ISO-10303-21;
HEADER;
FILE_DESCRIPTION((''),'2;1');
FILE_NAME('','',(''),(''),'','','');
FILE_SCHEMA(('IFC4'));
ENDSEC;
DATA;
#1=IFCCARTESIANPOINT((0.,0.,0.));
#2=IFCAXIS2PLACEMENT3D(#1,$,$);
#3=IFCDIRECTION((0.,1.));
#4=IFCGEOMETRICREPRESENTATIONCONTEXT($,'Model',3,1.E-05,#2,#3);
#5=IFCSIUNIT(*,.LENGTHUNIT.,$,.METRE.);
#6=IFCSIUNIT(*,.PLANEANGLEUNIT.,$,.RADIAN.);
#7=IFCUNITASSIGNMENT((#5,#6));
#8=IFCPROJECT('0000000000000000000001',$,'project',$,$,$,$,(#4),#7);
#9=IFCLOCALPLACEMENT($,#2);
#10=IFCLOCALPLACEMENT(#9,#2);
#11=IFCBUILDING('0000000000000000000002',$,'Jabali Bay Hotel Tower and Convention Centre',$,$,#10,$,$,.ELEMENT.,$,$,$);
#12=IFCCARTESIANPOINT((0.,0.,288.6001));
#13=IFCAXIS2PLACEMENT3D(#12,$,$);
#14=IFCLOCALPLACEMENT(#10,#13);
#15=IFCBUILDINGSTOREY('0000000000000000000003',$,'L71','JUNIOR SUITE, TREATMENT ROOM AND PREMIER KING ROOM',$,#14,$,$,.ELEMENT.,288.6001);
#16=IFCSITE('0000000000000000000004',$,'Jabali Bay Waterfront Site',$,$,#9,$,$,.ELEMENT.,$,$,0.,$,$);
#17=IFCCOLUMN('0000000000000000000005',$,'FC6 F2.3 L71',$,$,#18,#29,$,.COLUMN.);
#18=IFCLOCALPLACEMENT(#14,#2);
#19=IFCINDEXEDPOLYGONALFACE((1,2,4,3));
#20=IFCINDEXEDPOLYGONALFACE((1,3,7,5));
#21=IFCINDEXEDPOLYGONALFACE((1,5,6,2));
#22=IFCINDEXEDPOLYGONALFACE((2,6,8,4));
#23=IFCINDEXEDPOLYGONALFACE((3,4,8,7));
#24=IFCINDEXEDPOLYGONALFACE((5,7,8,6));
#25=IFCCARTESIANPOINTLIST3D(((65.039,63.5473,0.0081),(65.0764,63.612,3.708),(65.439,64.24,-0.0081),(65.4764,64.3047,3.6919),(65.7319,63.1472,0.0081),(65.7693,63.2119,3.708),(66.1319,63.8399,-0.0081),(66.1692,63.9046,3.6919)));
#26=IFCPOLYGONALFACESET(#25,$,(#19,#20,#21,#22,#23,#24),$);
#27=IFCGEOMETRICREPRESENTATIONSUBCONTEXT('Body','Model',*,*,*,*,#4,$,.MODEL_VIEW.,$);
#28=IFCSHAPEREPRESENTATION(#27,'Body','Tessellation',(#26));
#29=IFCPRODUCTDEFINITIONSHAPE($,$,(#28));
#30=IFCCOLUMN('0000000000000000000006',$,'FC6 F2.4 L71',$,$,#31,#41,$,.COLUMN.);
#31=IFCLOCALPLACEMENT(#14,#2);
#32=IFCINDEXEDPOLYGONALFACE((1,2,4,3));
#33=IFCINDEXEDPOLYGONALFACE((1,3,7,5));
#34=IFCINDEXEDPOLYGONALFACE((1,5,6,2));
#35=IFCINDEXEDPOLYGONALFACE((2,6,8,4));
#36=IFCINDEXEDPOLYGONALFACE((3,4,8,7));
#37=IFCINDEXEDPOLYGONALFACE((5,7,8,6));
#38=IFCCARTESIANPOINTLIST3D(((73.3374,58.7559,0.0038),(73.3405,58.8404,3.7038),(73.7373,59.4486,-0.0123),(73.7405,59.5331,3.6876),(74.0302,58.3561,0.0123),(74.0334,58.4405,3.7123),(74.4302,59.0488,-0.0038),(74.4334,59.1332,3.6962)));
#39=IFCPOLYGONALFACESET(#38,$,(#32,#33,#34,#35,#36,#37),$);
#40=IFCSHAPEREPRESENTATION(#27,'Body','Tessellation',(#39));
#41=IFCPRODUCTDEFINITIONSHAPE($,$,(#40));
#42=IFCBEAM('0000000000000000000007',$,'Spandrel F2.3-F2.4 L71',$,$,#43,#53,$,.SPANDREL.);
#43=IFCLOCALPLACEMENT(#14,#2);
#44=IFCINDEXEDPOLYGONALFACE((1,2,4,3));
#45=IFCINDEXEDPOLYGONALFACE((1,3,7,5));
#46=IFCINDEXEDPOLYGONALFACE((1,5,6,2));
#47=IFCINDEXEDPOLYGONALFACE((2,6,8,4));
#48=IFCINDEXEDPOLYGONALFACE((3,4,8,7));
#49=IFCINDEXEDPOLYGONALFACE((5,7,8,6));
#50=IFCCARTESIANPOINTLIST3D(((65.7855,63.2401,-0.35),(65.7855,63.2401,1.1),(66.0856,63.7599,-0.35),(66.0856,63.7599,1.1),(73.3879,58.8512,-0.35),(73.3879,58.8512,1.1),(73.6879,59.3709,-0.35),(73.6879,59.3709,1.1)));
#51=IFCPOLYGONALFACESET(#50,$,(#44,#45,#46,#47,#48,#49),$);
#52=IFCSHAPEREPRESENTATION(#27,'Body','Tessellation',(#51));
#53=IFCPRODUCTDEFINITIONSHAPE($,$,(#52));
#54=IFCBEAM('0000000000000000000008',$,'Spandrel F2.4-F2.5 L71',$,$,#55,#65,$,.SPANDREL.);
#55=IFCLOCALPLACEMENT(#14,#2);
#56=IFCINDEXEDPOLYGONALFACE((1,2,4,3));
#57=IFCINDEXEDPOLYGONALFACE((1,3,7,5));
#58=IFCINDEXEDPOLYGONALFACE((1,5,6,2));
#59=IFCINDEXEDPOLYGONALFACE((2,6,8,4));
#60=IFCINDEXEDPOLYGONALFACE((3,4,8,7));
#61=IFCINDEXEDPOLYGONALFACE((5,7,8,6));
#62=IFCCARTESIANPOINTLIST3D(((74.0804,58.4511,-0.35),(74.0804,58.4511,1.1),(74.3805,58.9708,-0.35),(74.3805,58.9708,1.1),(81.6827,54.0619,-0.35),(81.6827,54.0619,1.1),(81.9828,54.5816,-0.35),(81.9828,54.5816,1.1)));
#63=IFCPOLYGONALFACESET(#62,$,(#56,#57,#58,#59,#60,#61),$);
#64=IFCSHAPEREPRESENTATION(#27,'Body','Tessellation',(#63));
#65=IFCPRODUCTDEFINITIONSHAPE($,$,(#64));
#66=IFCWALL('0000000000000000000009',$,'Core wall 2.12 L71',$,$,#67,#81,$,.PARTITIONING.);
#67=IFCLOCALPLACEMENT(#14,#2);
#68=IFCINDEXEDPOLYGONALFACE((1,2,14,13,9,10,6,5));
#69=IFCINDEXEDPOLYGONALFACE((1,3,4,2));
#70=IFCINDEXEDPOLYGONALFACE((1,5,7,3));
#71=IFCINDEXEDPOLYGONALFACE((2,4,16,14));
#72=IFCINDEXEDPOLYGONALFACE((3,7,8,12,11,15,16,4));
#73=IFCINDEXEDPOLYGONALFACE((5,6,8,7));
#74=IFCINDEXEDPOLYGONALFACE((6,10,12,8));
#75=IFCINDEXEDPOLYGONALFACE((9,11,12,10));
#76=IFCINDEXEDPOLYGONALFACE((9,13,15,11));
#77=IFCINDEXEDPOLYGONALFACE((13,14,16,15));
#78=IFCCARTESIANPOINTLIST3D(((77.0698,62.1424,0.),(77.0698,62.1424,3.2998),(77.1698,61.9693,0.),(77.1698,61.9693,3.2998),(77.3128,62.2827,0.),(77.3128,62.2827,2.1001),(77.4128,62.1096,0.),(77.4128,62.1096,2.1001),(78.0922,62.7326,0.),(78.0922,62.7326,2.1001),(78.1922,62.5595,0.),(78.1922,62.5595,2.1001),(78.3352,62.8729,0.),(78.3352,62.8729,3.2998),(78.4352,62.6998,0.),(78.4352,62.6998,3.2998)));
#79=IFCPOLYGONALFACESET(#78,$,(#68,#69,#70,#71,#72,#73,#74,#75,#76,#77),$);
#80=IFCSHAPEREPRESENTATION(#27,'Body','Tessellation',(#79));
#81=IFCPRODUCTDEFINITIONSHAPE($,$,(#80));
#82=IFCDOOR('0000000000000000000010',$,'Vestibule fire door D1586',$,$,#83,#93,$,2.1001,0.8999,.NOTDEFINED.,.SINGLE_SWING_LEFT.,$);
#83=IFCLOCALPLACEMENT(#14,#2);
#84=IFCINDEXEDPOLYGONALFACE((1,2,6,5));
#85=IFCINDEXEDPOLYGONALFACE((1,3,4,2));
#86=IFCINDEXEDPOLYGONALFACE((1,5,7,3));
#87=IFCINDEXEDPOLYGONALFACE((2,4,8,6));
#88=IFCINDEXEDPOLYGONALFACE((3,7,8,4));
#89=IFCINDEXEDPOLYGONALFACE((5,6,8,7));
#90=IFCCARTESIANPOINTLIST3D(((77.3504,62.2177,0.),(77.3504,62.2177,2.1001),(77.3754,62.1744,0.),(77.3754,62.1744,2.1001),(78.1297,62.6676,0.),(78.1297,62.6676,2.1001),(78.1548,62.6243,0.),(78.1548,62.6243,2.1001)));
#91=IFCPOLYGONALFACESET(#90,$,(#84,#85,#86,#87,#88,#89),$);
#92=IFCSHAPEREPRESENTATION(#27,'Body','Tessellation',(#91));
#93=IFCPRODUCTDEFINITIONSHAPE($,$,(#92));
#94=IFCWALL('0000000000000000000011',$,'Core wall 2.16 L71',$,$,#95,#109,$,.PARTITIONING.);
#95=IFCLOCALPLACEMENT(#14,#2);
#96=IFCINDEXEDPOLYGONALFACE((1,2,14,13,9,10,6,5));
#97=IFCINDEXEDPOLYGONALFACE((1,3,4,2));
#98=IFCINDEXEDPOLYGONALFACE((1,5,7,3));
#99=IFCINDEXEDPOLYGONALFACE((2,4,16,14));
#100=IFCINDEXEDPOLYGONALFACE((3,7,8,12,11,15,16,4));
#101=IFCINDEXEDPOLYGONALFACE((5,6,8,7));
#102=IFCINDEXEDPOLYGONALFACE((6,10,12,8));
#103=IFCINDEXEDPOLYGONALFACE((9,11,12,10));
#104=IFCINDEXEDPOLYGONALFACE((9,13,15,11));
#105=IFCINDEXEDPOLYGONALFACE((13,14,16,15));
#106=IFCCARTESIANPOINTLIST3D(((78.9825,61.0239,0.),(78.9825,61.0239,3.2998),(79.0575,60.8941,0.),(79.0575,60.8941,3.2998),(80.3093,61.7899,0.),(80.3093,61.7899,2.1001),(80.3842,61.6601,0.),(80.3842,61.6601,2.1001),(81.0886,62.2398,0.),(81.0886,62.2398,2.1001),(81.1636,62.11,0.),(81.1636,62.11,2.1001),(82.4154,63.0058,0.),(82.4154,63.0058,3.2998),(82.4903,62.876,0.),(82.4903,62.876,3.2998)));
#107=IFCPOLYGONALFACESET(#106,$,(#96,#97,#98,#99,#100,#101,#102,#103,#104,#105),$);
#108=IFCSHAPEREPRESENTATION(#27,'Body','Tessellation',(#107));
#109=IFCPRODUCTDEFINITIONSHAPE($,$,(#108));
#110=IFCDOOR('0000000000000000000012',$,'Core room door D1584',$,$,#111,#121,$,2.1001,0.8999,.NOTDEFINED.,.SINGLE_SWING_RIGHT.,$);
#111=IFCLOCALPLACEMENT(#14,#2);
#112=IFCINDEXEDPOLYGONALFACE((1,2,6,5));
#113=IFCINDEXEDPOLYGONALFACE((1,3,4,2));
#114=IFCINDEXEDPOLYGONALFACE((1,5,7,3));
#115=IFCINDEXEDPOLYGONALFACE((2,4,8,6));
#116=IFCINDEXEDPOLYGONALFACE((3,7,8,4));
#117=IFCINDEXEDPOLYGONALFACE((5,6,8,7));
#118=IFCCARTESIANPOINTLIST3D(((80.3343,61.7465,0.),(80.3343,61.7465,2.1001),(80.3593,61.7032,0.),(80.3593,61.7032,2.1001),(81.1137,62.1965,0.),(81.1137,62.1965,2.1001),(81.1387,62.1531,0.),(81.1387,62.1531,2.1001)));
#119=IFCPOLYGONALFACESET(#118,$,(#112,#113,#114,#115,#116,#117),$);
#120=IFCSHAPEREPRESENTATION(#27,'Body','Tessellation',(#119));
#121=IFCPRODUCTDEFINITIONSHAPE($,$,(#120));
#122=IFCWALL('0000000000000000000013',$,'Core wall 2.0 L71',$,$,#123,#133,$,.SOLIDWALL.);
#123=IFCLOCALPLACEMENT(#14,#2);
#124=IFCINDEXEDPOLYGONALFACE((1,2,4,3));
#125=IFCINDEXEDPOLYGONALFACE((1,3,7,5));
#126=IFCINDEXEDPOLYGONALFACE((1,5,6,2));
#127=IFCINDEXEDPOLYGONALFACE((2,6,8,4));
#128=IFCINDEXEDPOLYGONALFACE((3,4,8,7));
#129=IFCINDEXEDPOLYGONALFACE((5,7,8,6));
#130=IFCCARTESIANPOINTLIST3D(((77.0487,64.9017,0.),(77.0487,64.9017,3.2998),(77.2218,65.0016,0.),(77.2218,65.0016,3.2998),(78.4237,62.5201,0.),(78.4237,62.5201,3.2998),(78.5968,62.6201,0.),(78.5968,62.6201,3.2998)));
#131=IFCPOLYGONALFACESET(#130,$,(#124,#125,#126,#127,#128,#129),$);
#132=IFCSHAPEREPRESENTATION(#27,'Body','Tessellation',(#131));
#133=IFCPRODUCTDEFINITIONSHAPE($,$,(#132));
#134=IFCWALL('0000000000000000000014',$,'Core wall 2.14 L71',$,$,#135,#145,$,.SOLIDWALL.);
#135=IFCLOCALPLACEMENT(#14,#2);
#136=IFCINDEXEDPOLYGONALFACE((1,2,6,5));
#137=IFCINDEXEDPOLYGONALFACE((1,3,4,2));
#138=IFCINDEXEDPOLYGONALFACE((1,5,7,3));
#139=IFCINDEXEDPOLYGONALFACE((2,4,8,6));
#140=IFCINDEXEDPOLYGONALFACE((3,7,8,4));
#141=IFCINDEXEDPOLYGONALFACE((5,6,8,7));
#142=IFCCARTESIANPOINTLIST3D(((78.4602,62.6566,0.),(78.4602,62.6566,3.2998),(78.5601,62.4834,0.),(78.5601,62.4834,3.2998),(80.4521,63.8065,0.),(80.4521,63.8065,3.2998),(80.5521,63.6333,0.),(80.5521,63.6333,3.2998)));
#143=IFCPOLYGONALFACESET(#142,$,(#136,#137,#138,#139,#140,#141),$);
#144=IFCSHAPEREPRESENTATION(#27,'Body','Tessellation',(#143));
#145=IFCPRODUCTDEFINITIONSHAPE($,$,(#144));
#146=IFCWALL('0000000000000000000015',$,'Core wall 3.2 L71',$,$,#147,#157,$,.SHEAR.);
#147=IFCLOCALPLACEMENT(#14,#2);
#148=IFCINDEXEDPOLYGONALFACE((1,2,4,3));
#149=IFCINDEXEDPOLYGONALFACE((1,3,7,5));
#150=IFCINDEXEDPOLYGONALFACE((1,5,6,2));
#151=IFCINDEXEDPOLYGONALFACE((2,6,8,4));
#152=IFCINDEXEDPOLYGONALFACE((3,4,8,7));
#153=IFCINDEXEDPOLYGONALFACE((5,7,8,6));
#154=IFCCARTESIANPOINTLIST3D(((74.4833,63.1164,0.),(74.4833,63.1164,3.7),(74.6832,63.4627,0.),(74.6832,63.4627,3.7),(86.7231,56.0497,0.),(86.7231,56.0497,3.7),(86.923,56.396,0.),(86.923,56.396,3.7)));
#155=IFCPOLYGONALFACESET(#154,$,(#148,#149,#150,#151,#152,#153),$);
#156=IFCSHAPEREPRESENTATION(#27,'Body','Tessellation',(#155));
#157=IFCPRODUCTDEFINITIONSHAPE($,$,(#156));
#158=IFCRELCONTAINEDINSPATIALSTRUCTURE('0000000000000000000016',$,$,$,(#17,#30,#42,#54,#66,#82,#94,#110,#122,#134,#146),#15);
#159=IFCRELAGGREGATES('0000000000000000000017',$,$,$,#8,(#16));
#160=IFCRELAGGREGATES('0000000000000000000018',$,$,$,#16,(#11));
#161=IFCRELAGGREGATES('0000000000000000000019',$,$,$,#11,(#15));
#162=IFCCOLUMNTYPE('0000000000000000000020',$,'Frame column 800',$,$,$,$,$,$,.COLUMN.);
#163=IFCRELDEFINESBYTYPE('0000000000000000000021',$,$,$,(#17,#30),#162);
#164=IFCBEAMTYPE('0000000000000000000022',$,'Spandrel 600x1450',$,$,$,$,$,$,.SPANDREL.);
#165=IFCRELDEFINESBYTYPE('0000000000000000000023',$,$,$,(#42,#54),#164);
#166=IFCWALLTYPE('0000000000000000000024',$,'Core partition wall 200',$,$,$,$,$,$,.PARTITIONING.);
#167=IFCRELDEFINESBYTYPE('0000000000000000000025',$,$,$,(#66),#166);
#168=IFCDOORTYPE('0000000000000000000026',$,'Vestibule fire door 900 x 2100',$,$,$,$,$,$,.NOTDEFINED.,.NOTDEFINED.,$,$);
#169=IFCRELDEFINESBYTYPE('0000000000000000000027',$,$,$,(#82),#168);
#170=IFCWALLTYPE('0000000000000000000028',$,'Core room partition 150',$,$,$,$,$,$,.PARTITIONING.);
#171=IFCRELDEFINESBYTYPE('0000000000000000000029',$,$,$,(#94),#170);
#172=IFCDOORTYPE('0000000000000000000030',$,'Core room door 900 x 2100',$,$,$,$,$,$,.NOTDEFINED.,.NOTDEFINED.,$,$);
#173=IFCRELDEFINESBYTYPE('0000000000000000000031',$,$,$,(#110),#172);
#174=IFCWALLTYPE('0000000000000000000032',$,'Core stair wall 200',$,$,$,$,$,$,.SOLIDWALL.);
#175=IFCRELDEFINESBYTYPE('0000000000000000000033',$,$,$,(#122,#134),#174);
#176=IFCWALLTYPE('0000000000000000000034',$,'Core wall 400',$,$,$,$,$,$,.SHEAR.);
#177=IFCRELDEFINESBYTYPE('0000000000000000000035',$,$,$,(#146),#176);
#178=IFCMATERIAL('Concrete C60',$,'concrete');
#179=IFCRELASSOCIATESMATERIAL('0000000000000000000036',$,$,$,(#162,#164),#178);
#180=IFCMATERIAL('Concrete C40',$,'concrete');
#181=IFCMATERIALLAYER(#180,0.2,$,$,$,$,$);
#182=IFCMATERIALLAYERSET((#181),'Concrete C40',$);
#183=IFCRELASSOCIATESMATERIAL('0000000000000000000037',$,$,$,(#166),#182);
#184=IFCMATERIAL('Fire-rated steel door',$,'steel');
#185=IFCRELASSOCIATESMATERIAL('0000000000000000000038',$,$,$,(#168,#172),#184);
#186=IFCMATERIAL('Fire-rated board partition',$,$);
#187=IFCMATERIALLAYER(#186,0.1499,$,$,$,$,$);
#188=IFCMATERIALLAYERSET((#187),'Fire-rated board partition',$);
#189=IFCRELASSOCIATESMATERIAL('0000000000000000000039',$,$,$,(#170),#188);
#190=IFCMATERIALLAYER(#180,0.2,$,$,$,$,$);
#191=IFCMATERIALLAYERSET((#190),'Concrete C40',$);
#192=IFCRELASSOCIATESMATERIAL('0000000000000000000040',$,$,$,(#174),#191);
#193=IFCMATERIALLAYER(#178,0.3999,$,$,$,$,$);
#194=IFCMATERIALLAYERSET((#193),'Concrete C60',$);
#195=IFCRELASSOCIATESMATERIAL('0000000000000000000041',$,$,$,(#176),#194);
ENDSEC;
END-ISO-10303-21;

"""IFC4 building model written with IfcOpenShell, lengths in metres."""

from ifc_helpers import new_model, si_unit, direction, frame, frame_2d, origin, origin_2d, place, context, subcontext, project, spatial, rectangle, extrude, material, layer, layer_set, material_profile, profile_set, type_object, element, fill, save


model = new_model("IFC4")

# Units and contexts
model_context = context("Model", 3, precision=1e-05, world=origin(), true_north=direction((0.0, 1.0)))
body_context = subcontext(model_context, "Body", "Model", "MODEL_VIEW")
ifc_project = project(units=[si_unit("LENGTHUNIT", "METRE"), si_unit("PLANEANGLEUNIT", "RADIAN")], contexts=[model_context])

# Site, building, storey
site_placement = place(None, origin())
site = spatial("IfcSite", under=ifc_project, at=site_placement, Name="Jabali Bay Waterfront Site", CompositionType="ELEMENT", RefElevation=0.0)
building_placement = place(site_placement, origin())
building = spatial("IfcBuilding", under=site, at=building_placement, Name="Jabali Bay Hotel Tower and Convention Centre", CompositionType="ELEMENT")
storey_placement = place(building_placement, frame((0.0, 0.0, 288.6001)))
storey = spatial("IfcBuildingStorey", under=building, at=storey_placement, Name="L71", Description="JUNIOR SUITE, TREATMENT ROOM AND PREMIER KING ROOM", CompositionType="ELEMENT", Elevation=288.6001)

# Columns
ifc_material_1 = material(Name="Concrete C60", Category="concrete")
ifc_material_profile_1 = material_profile(ifc_material_1, rectangle(XDim=0.8, YDim=0.8, at=origin_2d()), Name="Frame column 800")
ifc_profile_set_1 = profile_set([ifc_material_profile_1], Name="Concrete C60")
column_type = type_object("IfcColumnType", Name="Frame column 800", PredefinedType="COLUMN", material=ifc_profile_set_1)
column_1_placement = place(storey_placement, frame((65.5854, 63.6936, 0.0), z_axis=(0.010094, 0.017482, 0.999796), x_axis=(-0.499913, -0.86584, 0.020187)))
element("IfcColumn", 1, at=column_1_placement, inside=storey, type_object=column_type, Name="FC6 F2.3 L71", PredefinedType="COLUMN", context=body_context, shape_type="SweptSolid", body=[
    extrude(rectangle(XDim=0.8, YDim=0.8, at=origin_2d()), origin(), (0.0, 0.0, 1.0), 3.7007),
])
column_2_placement = place(storey_placement, frame((73.8838, 58.9023, 0.0), z_axis=(0.000858, 0.022825, 0.999739), x_axis=(-0.499939, -0.865825, 0.020196)))
element("IfcColumn", 2, at=column_2_placement, inside=storey, type_object=column_type, Name="FC6 F2.4 L71", PredefinedType="COLUMN", context=body_context, shape_type="SweptSolid", body=[
    extrude(rectangle(XDim=0.8, YDim=0.8, at=origin_2d()), origin(), (0.0, 0.0, 1.0), 3.7009),
])

# Beams
ifc_material_profile_2 = material_profile(ifc_material_1, rectangle(XDim=0.6001, YDim=1.45, at=origin_2d()), Name="Spandrel 600x1450")
ifc_profile_set_2 = profile_set([ifc_material_profile_2], Name="Concrete C60")
beam_type = type_object("IfcBeamType", Name="Spandrel 600x1450", PredefinedType="SPANDREL", material=ifc_profile_set_2)
for number, where, z_axis, x_axis, name in (
    (3, (65.9355, 63.5, 0.375), (0.866039, -0.499977, 0.0), (0.499977, 0.866039, 0.0), "Spandrel F2.3-F2.4 L71"),
    (4, (74.2305, 58.7109, 0.375), (0.866027, -0.499998, 0.0), (0.499998, 0.866027, 0.0), "Spandrel F2.4-F2.5 L71"),
):
    element("IfcBeam", number, at=place(storey_placement, frame(where, z_axis=z_axis, x_axis=x_axis)), inside=storey, type_object=beam_type, Name=name, PredefinedType="SPANDREL", context=body_context, shape_type="SweptSolid", body=[
        extrude(rectangle(XDim=0.6001, YDim=1.45, at=origin_2d()), origin(), (0.0, 0.0, 1.0), 8.7783),
    ])

# Walls, openings, doors
ifc_material_2 = material(Name="Concrete C40", Category="concrete")
ifc_layer_1 = layer(ifc_material_2, 0.2)
ifc_layer_set_1 = layer_set([ifc_layer_1], Name="Concrete C40")
wall_type_1 = type_object("IfcWallType", Name="Core partition wall 200", PredefinedType="PARTITIONING", material=ifc_layer_set_1)
wall_1_placement = place(storey_placement, frame((77.1199, 62.0559, 0.0), z_axis=(0.0, 0.0, 1.0), x_axis=(0.866055, 0.499949, 0.0)))
wall_1 = element("IfcWall", 5, at=wall_1_placement, inside=storey, type_object=wall_type_1, Name="Core wall 2.12 L71", PredefinedType="PARTITIONING", context=body_context, shape_type="SweptSolid", body=[
    extrude(rectangle(XDim=1.4612, YDim=0.2, at=frame_2d((0.7305, 0.0))), origin(), (0.0, 0.0, 1.0), 3.2998),
])
opening_1_placement = place(wall_1_placement, frame((0.2805, 0.0, 0.0)))
opening_1 = element("IfcOpeningElement", 6, at=opening_1_placement, cuts=wall_1, PredefinedType="OPENING", context=body_context, shape_type="SweptSolid", body=[
    extrude(rectangle(XDim=0.8999, YDim=2.1001, at=frame_2d((0.45, 1.05))), frame((0.0, 0.1104, 0.0), z_axis=(0.0, -1.0, 0.0), x_axis=(1.0, 0.0, 0.0)), (0.0, 0.0, 1.0), 0.2209),
])
ifc_material_3 = material(Name="Fire-rated steel door", Category="steel")
door_type_1 = type_object("IfcDoorType", Name="Vestibule fire door 900 x 2100", OperationType="NOTDEFINED", PredefinedType="NOTDEFINED", material=ifc_material_3)
door_1_placement = place(opening_1_placement, origin())
door_1 = element("IfcDoor", 7, at=door_1_placement, inside=storey, type_object=door_type_1, Name="Vestibule fire door D1586", OperationType="SINGLE_SWING_LEFT", OverallHeight=2.1001, OverallWidth=0.8999, PredefinedType="NOTDEFINED", context=body_context, shape_type="SweptSolid", body=[
    extrude(rectangle(XDim=0.8999, YDim=2.1001, at=frame_2d((0.45, 1.05))), frame((0.0, 0.0249, 0.0), z_axis=(0.0, -1.0, 0.0), x_axis=(1.0, 0.0, 0.0)), (0.0, 0.0, 1.0), 0.05),
])
fill(opening_1, door_1)
ifc_material_4 = material(Name="Fire-rated board partition")
ifc_layer_2 = layer(ifc_material_4, 0.1499)
ifc_layer_set_2 = layer_set([ifc_layer_2], Name="Fire-rated board partition")
wall_type_2 = type_object("IfcWallType", Name="Core room partition 150", PredefinedType="PARTITIONING", material=ifc_layer_set_2)
wall_2_placement = place(storey_placement, frame((79.02, 60.959, 0.0), z_axis=(0.0, 0.0, 1.0), x_axis=(0.866029, 0.499994, 0.0)))
wall_2 = element("IfcWall", 8, at=wall_2_placement, inside=storey, type_object=wall_type_2, Name="Core wall 2.16 L71", PredefinedType="PARTITIONING", context=body_context, shape_type="SweptSolid", body=[
    extrude(rectangle(XDim=3.9639, YDim=0.1499, at=frame_2d((1.9819, 0.0))), origin(), (0.0, 0.0, 1.0), 3.2998),
])
opening_2_placement = place(wall_2_placement, frame((1.532, 0.0, 0.0)))
opening_2 = element("IfcOpeningElement", 9, at=opening_2_placement, cuts=wall_2, PredefinedType="OPENING", context=body_context, shape_type="SweptSolid", body=[
    extrude(rectangle(XDim=0.8999, YDim=2.1001, at=frame_2d((0.45, 1.05))), frame((0.0, 0.0854, 0.0), z_axis=(0.0, -1.0, 0.0), x_axis=(1.0, 0.0, 0.0)), (0.0, 0.0, 1.0), 0.1709),
])
door_type_2 = type_object("IfcDoorType", Name="Core room door 900 x 2100", OperationType="NOTDEFINED", PredefinedType="NOTDEFINED", material=ifc_material_3)
door_2_placement = place(opening_2_placement, origin())
door_2 = element("IfcDoor", 10, at=door_2_placement, inside=storey, type_object=door_type_2, Name="Core room door D1584", OperationType="SINGLE_SWING_RIGHT", OverallHeight=2.1001, OverallWidth=0.8999, PredefinedType="NOTDEFINED", context=body_context, shape_type="SweptSolid", body=[
    extrude(rectangle(XDim=0.8999, YDim=2.1001, at=frame_2d((0.45, 1.05))), frame((0.0, 0.0249, 0.0), z_axis=(0.0, -1.0, 0.0), x_axis=(1.0, 0.0, 0.0)), (0.0, 0.0, 1.0), 0.05),
])
fill(opening_2, door_2)

# Walls
ifc_layer_3 = layer(ifc_material_2, 0.2)
ifc_layer_set_3 = layer_set([ifc_layer_3], Name="Concrete C40")
wall_type_3 = type_object("IfcWallType", Name="Core stair wall 200", PredefinedType="SOLIDWALL", material=ifc_layer_set_3)
wall_3_placement = place(storey_placement, frame((77.1353, 64.9517, 0.0), z_axis=(0.0, 0.0, 1.0), x_axis=(0.499997, -0.866027, 0.0)))
element("IfcWall", 11, at=wall_3_placement, inside=storey, type_object=wall_type_3, Name="Core wall 2.0 L71", PredefinedType="SOLIDWALL", context=body_context, shape_type="SweptSolid", body=[
    extrude(rectangle(XDim=2.75, YDim=0.2, at=frame_2d((1.375, 0.0))), origin(), (0.0, 0.0, 1.0), 3.2998),
])
wall_4_placement = place(storey_placement, frame((78.5103, 62.5701, 0.0), z_axis=(0.0, 0.0, 1.0), x_axis=(0.866053, 0.499952, 0.0)))
element("IfcWall", 12, at=wall_4_placement, inside=storey, type_object=wall_type_3, Name="Core wall 2.14 L71", PredefinedType="SOLIDWALL", context=body_context, shape_type="SweptSolid", body=[
    extrude(rectangle(XDim=2.3, YDim=0.2, at=frame_2d((1.1499, 0.0))), origin(), (0.0, 0.0, 1.0), 3.2998),
])
ifc_layer_4 = layer(ifc_material_1, 0.3999)
ifc_layer_set_4 = layer_set([ifc_layer_4], Name="Concrete C60")
wall_type_4 = type_object("IfcWallType", Name="Core wall 400", PredefinedType="SHEAR", material=ifc_layer_set_4)
wall_5_placement = place(storey_placement, frame((74.5833, 63.2896, 0.0), z_axis=(0.0, 0.0, 1.0), x_axis=(0.866024, -0.500002, 0.0)))
element("IfcWall", 13, at=wall_5_placement, inside=storey, type_object=wall_type_4, Name="Core wall 3.2 L71", PredefinedType="SHEAR", context=body_context, shape_type="SweptSolid", body=[
    extrude(rectangle(XDim=14.1333, YDim=0.3999, at=frame_2d((7.0667, 0.0))), origin(), (0.0, 0.0, 1.0), 3.7),
])

save(model, "model.ifc")
